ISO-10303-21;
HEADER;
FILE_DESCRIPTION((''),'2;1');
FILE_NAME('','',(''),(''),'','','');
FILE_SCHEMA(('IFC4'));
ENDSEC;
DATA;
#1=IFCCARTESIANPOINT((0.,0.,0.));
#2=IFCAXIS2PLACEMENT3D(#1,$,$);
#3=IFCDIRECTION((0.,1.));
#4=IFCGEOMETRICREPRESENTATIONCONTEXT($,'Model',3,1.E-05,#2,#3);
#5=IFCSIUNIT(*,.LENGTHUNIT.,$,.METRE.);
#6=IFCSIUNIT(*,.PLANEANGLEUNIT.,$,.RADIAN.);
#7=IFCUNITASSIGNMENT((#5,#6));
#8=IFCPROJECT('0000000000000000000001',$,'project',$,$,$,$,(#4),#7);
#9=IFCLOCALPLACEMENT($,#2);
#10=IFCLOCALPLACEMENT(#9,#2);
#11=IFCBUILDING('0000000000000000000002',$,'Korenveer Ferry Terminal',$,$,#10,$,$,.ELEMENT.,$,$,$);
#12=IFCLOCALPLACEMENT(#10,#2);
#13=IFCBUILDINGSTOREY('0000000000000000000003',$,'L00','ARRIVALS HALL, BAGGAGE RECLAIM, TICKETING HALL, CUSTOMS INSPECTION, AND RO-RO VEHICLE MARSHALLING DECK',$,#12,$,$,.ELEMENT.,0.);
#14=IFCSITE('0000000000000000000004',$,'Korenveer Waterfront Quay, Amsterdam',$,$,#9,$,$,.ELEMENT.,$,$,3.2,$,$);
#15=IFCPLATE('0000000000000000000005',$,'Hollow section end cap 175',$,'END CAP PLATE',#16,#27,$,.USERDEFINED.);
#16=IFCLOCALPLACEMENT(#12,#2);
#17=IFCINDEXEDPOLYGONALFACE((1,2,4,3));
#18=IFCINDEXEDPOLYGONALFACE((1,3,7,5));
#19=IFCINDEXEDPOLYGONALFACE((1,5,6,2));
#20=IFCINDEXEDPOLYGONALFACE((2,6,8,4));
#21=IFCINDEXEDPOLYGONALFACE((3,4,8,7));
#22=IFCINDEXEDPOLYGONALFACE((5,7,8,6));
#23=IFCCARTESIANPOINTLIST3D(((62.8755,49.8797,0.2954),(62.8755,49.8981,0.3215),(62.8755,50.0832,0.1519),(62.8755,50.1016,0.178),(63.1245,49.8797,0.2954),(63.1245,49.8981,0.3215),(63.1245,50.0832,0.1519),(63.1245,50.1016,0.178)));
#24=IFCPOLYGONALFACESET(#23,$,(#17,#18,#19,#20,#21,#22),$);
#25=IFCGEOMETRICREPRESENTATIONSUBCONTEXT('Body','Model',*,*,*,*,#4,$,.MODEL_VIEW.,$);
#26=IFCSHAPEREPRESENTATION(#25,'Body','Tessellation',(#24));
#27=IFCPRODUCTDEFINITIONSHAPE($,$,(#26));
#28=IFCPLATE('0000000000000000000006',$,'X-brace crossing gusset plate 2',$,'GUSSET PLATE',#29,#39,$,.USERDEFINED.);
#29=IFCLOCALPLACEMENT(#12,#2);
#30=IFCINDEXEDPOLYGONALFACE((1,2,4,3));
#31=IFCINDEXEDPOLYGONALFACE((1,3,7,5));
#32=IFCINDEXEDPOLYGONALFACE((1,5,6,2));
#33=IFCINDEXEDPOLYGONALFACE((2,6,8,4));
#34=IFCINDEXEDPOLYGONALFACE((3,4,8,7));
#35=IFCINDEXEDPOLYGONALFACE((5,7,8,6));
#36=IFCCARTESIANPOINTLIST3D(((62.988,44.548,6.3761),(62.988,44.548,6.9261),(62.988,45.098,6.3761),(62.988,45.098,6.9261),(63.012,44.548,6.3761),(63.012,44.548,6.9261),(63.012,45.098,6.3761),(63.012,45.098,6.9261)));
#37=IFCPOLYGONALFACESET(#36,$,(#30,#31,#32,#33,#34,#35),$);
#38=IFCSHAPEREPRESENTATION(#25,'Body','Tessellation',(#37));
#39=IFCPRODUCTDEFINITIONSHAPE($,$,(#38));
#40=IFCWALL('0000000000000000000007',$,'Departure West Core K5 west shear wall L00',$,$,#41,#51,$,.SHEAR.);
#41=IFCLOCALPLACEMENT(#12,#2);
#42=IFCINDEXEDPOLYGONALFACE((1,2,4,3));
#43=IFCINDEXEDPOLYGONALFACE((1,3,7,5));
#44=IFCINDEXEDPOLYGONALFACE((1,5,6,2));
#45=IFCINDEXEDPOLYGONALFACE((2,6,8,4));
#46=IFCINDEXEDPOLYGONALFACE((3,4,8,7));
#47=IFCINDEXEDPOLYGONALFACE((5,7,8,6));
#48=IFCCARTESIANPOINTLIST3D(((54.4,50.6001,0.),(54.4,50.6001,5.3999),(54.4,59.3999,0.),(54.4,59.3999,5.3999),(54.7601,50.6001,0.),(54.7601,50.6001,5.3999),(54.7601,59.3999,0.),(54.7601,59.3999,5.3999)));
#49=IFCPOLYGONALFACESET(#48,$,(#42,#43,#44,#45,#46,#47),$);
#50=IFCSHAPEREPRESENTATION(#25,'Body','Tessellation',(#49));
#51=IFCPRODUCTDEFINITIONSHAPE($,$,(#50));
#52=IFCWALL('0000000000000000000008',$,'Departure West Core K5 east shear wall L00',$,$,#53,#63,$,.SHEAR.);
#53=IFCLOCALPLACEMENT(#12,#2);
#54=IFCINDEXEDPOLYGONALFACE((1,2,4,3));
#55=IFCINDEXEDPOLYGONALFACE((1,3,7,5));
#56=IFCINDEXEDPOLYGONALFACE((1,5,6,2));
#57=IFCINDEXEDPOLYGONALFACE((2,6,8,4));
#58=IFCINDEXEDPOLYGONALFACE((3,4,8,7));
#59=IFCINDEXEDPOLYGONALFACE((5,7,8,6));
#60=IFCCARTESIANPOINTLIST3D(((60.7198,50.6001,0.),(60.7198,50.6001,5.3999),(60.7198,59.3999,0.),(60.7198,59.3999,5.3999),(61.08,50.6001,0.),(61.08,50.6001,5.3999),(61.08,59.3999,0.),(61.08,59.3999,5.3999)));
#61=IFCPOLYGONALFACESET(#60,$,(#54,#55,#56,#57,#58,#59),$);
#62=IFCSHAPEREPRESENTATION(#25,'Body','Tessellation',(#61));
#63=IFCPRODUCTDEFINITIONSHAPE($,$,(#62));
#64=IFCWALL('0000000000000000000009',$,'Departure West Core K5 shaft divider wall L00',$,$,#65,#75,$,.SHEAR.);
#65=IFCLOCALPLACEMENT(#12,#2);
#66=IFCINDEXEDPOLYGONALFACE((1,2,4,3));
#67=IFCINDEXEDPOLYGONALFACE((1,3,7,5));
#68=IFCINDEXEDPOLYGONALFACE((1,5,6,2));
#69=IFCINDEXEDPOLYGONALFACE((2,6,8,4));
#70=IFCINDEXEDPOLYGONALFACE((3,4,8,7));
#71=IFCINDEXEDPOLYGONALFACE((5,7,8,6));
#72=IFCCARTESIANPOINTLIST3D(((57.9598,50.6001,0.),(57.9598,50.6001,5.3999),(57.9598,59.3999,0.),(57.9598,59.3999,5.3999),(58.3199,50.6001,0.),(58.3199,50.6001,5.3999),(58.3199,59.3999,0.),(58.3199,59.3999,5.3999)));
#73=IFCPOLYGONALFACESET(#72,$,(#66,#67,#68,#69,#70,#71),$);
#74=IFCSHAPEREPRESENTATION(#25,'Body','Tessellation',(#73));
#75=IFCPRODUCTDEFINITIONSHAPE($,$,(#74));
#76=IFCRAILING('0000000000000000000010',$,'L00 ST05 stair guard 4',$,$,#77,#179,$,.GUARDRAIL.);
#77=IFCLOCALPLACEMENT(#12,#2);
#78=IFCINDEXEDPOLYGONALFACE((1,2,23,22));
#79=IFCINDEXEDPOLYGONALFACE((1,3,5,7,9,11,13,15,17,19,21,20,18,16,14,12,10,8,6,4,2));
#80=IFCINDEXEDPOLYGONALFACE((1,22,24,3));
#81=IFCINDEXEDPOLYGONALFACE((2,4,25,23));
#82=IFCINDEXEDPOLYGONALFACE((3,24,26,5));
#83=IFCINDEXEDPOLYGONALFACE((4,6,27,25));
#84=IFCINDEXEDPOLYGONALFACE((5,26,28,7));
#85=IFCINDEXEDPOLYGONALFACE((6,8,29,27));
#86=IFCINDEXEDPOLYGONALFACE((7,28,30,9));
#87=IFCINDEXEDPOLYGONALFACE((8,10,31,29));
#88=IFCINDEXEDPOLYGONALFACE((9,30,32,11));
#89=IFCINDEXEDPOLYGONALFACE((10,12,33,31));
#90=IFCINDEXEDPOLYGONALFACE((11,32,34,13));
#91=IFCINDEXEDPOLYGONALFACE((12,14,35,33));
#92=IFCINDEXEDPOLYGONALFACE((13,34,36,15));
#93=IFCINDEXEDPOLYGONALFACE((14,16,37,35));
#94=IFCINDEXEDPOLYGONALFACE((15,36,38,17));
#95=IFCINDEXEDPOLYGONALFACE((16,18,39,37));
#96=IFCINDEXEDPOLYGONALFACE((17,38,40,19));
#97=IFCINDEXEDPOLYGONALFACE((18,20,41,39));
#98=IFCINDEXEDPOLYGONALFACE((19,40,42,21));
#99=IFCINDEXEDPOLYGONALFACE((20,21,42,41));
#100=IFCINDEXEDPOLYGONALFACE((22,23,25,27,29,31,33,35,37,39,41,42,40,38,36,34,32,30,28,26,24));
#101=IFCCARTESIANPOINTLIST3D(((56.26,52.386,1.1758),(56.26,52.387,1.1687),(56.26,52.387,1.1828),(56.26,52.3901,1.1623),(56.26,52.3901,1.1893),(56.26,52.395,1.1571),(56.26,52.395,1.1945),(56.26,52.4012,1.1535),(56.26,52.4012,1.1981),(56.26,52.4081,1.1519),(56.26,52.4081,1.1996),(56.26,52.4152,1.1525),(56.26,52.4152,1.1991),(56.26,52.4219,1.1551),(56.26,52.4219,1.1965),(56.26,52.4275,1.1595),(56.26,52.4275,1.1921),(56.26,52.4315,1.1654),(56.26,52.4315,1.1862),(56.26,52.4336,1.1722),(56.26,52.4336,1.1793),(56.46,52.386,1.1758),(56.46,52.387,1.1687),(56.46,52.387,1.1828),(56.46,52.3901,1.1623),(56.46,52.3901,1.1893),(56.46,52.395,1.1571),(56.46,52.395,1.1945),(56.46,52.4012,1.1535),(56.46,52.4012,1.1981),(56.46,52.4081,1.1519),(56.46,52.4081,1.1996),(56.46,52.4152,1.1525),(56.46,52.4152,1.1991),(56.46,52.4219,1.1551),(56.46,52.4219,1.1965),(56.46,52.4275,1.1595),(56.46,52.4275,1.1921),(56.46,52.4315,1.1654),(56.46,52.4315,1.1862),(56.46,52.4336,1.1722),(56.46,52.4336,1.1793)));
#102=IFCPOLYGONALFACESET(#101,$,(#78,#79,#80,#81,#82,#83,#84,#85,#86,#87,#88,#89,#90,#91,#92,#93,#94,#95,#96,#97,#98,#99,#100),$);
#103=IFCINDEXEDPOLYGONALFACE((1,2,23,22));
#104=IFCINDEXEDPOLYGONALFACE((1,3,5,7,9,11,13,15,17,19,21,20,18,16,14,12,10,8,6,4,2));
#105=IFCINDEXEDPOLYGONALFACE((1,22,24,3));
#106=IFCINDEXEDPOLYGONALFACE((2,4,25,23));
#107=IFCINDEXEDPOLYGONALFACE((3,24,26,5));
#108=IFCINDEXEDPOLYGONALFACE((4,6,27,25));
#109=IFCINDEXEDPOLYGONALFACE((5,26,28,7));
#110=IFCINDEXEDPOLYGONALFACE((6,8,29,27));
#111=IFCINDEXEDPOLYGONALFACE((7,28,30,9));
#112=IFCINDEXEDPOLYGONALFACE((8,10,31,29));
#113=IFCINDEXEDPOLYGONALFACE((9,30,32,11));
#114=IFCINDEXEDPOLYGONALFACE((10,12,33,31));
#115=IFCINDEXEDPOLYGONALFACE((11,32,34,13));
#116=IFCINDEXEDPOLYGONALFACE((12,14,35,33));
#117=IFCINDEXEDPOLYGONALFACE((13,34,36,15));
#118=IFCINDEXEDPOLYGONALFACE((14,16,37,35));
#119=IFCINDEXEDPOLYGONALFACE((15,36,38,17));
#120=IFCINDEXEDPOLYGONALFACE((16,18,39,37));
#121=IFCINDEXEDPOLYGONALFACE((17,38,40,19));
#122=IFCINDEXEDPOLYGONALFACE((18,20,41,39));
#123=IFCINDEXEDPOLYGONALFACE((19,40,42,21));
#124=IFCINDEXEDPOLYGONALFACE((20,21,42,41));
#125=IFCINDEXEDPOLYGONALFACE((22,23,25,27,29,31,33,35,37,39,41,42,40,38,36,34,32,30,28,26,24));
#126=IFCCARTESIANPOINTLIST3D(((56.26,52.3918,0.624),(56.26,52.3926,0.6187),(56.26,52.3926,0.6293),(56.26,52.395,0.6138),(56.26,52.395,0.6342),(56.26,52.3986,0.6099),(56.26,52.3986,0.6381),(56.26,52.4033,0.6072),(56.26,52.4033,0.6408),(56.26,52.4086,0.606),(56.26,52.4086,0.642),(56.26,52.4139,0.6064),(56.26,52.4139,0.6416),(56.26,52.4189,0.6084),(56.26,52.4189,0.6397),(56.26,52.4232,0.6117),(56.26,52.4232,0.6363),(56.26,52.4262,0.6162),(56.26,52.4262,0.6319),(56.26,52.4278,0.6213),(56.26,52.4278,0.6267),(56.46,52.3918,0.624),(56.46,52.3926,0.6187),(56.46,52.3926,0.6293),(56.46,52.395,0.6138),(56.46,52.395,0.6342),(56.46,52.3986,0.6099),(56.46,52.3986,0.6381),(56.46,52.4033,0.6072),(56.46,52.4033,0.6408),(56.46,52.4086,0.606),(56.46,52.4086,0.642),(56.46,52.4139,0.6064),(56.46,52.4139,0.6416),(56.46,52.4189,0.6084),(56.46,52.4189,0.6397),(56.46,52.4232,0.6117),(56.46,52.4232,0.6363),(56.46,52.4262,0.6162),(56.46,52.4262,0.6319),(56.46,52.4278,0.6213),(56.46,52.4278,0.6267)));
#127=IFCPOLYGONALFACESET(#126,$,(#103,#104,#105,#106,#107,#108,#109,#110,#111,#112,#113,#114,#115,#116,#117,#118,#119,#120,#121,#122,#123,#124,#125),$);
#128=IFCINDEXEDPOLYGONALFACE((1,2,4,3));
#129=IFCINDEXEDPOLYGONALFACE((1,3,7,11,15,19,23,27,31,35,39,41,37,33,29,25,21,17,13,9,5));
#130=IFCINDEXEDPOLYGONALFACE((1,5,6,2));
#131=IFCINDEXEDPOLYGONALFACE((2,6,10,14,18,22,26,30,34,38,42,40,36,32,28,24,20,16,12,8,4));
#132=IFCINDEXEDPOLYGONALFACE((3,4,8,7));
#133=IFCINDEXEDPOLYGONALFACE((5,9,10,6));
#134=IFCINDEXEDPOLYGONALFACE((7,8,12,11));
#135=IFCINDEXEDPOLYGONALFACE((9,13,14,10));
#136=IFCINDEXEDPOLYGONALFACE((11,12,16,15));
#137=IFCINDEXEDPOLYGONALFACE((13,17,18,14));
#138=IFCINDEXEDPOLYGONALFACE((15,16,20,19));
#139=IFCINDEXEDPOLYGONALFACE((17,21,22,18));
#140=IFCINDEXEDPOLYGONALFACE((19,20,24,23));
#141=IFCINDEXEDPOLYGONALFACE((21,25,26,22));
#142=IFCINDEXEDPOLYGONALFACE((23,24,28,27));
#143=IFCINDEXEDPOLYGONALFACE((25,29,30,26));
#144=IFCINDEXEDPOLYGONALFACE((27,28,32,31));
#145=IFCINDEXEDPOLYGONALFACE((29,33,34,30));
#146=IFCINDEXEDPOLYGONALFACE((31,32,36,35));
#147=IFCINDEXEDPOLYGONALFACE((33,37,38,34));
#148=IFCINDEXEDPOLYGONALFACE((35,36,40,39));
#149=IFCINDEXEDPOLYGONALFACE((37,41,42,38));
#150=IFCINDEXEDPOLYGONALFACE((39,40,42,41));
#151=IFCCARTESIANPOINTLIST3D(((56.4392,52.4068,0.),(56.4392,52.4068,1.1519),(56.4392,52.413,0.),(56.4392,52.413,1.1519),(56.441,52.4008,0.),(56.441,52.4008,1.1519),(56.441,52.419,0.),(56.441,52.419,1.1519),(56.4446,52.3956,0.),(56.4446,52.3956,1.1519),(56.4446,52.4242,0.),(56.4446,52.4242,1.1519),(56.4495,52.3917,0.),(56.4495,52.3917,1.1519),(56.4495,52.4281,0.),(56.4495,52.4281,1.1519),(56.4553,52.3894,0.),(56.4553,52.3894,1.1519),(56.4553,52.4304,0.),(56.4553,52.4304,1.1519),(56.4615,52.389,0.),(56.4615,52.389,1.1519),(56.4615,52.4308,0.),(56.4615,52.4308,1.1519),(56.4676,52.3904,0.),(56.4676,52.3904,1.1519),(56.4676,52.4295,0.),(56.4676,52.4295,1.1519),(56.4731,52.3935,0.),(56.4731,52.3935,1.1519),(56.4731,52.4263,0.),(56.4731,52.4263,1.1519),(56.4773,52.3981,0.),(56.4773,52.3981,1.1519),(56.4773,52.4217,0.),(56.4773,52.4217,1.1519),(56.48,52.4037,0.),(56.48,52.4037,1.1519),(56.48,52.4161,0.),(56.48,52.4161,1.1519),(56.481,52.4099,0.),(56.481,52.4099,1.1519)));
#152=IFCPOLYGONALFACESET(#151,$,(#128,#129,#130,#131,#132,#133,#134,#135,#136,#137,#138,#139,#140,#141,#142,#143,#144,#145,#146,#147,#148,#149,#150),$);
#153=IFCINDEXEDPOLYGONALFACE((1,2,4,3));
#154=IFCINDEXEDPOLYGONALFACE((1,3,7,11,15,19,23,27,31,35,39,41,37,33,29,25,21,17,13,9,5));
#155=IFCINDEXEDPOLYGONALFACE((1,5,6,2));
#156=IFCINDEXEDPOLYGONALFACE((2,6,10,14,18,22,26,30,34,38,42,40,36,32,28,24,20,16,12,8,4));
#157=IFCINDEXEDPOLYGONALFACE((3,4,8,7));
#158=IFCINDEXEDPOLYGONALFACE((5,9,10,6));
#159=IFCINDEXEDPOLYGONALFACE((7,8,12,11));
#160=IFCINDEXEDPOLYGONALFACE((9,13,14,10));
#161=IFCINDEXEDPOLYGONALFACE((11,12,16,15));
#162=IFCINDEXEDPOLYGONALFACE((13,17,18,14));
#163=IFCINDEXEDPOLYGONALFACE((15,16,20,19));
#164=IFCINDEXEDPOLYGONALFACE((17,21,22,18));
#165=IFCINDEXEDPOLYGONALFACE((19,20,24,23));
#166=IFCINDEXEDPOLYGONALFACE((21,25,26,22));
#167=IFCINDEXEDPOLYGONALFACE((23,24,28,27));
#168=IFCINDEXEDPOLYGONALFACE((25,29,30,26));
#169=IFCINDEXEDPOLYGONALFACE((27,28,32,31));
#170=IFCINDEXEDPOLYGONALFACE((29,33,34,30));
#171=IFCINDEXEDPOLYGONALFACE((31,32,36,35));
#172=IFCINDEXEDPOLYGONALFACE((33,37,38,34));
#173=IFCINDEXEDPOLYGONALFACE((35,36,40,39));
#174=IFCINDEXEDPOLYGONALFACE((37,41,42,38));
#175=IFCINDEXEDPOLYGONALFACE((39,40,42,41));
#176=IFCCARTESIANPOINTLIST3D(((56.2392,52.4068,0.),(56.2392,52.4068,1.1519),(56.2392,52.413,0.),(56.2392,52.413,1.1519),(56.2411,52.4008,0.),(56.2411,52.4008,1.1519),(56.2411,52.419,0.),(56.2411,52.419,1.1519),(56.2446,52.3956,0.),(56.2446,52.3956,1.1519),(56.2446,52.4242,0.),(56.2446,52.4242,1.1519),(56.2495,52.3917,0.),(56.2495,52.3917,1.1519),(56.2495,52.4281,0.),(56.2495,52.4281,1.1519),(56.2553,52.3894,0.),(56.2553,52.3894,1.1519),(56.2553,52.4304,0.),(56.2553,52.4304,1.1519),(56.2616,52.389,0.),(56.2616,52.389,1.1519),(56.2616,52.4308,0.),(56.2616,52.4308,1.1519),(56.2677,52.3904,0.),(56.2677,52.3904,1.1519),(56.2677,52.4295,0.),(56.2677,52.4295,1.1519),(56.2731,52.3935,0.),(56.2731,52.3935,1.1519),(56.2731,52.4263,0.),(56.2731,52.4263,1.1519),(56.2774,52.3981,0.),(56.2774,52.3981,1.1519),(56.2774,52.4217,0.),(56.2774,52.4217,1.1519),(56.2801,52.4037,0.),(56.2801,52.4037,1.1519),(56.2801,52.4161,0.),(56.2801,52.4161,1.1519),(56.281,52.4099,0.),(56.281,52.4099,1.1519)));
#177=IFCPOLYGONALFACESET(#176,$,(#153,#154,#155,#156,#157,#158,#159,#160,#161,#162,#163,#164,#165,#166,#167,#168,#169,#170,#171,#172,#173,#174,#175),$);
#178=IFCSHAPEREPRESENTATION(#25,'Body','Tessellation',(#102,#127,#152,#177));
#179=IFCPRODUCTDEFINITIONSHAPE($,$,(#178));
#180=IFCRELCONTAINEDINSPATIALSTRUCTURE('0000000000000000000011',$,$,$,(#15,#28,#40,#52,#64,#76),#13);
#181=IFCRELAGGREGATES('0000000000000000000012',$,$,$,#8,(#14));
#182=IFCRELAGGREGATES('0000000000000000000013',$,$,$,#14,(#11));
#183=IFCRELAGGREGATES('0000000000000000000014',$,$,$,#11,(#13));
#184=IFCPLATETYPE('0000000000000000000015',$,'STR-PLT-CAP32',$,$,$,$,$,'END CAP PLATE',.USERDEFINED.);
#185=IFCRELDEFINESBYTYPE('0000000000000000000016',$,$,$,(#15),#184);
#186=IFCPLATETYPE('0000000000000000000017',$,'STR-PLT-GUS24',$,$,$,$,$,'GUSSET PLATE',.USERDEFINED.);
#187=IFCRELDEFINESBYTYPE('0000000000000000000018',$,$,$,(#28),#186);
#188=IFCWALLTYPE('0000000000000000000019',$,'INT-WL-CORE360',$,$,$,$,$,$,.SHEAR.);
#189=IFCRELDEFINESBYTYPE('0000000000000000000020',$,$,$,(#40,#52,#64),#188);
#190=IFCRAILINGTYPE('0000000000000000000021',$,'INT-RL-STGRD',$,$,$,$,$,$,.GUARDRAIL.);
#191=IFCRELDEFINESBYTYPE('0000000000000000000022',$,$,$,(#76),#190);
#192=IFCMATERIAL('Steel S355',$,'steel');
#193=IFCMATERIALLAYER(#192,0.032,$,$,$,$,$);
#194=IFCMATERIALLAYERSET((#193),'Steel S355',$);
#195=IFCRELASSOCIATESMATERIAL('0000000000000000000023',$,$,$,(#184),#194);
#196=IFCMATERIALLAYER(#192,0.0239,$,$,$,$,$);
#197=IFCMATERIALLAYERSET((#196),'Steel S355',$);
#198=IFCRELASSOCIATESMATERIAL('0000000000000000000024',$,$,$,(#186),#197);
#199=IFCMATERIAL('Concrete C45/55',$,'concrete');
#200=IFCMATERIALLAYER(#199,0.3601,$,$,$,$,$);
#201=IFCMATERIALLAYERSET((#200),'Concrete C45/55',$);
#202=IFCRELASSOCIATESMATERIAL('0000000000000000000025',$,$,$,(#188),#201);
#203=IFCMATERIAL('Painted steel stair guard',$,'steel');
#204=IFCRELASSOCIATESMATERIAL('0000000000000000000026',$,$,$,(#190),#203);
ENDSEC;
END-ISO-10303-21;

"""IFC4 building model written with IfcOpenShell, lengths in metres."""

from ifc_helpers import new_model, si_unit, direction, frame, frame_2d, origin, origin_2d, place, context, subcontext, project, spatial, rectangle, circle, extrude, material, layer, layer_set, type_object, element, save


model = new_model("IFC4")

# Units and contexts
model_context = context("Model", 3, precision=1e-05, world=origin(), true_north=direction((0.0, 1.0)))
body_context = subcontext(model_context, "Body", "Model", "MODEL_VIEW")
ifc_project = project(units=[si_unit("LENGTHUNIT", "METRE"), si_unit("PLANEANGLEUNIT", "RADIAN")], contexts=[model_context])

# Site, building, storey
site_placement = place(None, origin())
site = spatial("IfcSite", under=ifc_project, at=site_placement, Name="Korenveer Waterfront Quay, Amsterdam", CompositionType="ELEMENT", RefElevation=3.2)
building_placement = place(site_placement, origin())
building = spatial("IfcBuilding", under=site, at=building_placement, Name="Korenveer Ferry Terminal", CompositionType="ELEMENT")
storey_placement = place(building_placement, origin())
storey = spatial("IfcBuildingStorey", under=building, at=storey_placement, Name="L00", Description="ARRIVALS HALL, BAGGAGE RECLAIM, TICKETING HALL, CUSTOMS INSPECTION, AND RO-RO VEHICLE MARSHALLING DECK", CompositionType="ELEMENT", Elevation=0.0)

# Shared definitions
ifc_material_1 = material(Name="Steel S355", Category="steel")

# Plates
ifc_layer_1 = layer(ifc_material_1, 0.032)
ifc_layer_set_1 = layer_set([ifc_layer_1], Name="Steel S355")
plate_type_1 = type_object("IfcPlateType", Name="STR-PLT-CAP32", ElementType="END CAP PLATE", PredefinedType="USERDEFINED", material=ifc_layer_set_1)
for number, where, z_axis, x_axis, name in (
    (1, (63.0, 49.9814, 0.2236), (0.0, 0.576313, 0.817229), (-1.0, 0.0, 0.0), "Hollow section end cap 175"),
):
    element("IfcPlate", number, at=place(storey_placement, frame(where, z_axis=z_axis, x_axis=x_axis)), inside=storey, type_object=plate_type_1, Name=name, ObjectType="END CAP PLATE", PredefinedType="USERDEFINED", context=body_context, shape_type="SweptSolid", body=[
        extrude(rectangle(XDim=0.249, YDim=0.249, at=origin_2d()), origin(), (0.0, 0.0, 1.0), 0.032),
    ])
ifc_layer_2 = layer(ifc_material_1, 0.0239)
ifc_layer_set_2 = layer_set([ifc_layer_2], Name="Steel S355")
plate_type_2 = type_object("IfcPlateType", Name="STR-PLT-GUS24", ElementType="GUSSET PLATE", PredefinedType="USERDEFINED", material=ifc_layer_set_2)
plate_placement = place(storey_placement, frame((62.988, 44.823, 6.6511), z_axis=(1.0, 0.0, 0.0), x_axis=(0.0, 1.0, 0.0)))
element("IfcPlate", 2, at=plate_placement, inside=storey, type_object=plate_type_2, Name="X-brace crossing gusset plate 2", ObjectType="GUSSET PLATE", PredefinedType="USERDEFINED", context=body_context, shape_type="SweptSolid", body=[
    extrude(rectangle(XDim=0.55, YDim=0.55, at=origin_2d()), origin(), (0.0, 0.0, 1.0), 0.0239),
])

# Shared definitions
ifc_material_2 = material(Name="Concrete C45/55", Category="concrete")
ifc_layer_3 = layer(ifc_material_2, 0.3601)
ifc_layer_set_3 = layer_set([ifc_layer_3], Name="Concrete C45/55")
wall_type = type_object("IfcWallType", Name="INT-WL-CORE360", PredefinedType="SHEAR", material=ifc_layer_set_3)

# Walls
for number, where, z_axis, x_axis, name in (
    (3, (54.5801, 50.6001, 0.0), (0.0, 0.0, 1.0), (0.0, 1.0, 0.0), "Departure West Core K5 west shear wall L00"),
    (4, (60.8999, 50.6001, 0.0), (0.0, 0.0, 1.0), (0.0, 1.0, 0.0), "Departure West Core K5 east shear wall L00"),
    (5, (58.1399, 50.6001, 0.0), (0.0, 0.0, 1.0), (0.0, 1.0, 0.0), "Departure West Core K5 shaft divider wall L00"),
):
    element("IfcWall", number, at=place(storey_placement, frame(where, z_axis=z_axis, x_axis=x_axis)), inside=storey, type_object=wall_type, Name=name, PredefinedType="SHEAR", context=body_context, shape_type="SweptSolid", body=[
        extrude(rectangle(XDim=8.7998, YDim=0.3601, at=frame_2d((4.3999, 0.0))), origin(), (0.0, 0.0, 1.0), 5.3999),
    ])

# Railing
ifc_material_3 = material(Name="Painted steel stair guard", Category="steel")
railing_type = type_object("IfcRailingType", Name="INT-RL-STGRD", PredefinedType="GUARDRAIL", material=ifc_material_3)
railing_placement = place(storey_placement, frame((56.46, 52.4099, 0.0)))
element("IfcRailing", 6, at=railing_placement, inside=storey, type_object=railing_type, Name="L00 ST05 stair guard 4", PredefinedType="GUARDRAIL", context=body_context, shape_type="SweptSolid", body=[
    extrude(circle(Radius=0.0239, at=origin_2d()), frame((0.0, 0.0, 1.1758), z_axis=(-1.0, 0.0, 0.0), x_axis=(0.0, -1.0, 0.0)), (0.0, 0.0, 1.0), 0.2),
    extrude(circle(Radius=0.0181, at=origin_2d()), frame((0.0, 0.0, 0.624), z_axis=(-1.0, 0.0, 0.0), x_axis=(0.0, -1.0, 0.0)), (0.0, 0.0, 1.0), 0.2),
    extrude(circle(Radius=0.021, at=origin_2d()), origin(), (0.0, 0.0, 1.0), 1.1519),
    extrude(circle(Radius=0.021, at=origin_2d()), frame((-0.2, 0.0, 0.0)), (0.0, 0.0, 1.0), 1.1519),
])

save(model, "model.ifc")
